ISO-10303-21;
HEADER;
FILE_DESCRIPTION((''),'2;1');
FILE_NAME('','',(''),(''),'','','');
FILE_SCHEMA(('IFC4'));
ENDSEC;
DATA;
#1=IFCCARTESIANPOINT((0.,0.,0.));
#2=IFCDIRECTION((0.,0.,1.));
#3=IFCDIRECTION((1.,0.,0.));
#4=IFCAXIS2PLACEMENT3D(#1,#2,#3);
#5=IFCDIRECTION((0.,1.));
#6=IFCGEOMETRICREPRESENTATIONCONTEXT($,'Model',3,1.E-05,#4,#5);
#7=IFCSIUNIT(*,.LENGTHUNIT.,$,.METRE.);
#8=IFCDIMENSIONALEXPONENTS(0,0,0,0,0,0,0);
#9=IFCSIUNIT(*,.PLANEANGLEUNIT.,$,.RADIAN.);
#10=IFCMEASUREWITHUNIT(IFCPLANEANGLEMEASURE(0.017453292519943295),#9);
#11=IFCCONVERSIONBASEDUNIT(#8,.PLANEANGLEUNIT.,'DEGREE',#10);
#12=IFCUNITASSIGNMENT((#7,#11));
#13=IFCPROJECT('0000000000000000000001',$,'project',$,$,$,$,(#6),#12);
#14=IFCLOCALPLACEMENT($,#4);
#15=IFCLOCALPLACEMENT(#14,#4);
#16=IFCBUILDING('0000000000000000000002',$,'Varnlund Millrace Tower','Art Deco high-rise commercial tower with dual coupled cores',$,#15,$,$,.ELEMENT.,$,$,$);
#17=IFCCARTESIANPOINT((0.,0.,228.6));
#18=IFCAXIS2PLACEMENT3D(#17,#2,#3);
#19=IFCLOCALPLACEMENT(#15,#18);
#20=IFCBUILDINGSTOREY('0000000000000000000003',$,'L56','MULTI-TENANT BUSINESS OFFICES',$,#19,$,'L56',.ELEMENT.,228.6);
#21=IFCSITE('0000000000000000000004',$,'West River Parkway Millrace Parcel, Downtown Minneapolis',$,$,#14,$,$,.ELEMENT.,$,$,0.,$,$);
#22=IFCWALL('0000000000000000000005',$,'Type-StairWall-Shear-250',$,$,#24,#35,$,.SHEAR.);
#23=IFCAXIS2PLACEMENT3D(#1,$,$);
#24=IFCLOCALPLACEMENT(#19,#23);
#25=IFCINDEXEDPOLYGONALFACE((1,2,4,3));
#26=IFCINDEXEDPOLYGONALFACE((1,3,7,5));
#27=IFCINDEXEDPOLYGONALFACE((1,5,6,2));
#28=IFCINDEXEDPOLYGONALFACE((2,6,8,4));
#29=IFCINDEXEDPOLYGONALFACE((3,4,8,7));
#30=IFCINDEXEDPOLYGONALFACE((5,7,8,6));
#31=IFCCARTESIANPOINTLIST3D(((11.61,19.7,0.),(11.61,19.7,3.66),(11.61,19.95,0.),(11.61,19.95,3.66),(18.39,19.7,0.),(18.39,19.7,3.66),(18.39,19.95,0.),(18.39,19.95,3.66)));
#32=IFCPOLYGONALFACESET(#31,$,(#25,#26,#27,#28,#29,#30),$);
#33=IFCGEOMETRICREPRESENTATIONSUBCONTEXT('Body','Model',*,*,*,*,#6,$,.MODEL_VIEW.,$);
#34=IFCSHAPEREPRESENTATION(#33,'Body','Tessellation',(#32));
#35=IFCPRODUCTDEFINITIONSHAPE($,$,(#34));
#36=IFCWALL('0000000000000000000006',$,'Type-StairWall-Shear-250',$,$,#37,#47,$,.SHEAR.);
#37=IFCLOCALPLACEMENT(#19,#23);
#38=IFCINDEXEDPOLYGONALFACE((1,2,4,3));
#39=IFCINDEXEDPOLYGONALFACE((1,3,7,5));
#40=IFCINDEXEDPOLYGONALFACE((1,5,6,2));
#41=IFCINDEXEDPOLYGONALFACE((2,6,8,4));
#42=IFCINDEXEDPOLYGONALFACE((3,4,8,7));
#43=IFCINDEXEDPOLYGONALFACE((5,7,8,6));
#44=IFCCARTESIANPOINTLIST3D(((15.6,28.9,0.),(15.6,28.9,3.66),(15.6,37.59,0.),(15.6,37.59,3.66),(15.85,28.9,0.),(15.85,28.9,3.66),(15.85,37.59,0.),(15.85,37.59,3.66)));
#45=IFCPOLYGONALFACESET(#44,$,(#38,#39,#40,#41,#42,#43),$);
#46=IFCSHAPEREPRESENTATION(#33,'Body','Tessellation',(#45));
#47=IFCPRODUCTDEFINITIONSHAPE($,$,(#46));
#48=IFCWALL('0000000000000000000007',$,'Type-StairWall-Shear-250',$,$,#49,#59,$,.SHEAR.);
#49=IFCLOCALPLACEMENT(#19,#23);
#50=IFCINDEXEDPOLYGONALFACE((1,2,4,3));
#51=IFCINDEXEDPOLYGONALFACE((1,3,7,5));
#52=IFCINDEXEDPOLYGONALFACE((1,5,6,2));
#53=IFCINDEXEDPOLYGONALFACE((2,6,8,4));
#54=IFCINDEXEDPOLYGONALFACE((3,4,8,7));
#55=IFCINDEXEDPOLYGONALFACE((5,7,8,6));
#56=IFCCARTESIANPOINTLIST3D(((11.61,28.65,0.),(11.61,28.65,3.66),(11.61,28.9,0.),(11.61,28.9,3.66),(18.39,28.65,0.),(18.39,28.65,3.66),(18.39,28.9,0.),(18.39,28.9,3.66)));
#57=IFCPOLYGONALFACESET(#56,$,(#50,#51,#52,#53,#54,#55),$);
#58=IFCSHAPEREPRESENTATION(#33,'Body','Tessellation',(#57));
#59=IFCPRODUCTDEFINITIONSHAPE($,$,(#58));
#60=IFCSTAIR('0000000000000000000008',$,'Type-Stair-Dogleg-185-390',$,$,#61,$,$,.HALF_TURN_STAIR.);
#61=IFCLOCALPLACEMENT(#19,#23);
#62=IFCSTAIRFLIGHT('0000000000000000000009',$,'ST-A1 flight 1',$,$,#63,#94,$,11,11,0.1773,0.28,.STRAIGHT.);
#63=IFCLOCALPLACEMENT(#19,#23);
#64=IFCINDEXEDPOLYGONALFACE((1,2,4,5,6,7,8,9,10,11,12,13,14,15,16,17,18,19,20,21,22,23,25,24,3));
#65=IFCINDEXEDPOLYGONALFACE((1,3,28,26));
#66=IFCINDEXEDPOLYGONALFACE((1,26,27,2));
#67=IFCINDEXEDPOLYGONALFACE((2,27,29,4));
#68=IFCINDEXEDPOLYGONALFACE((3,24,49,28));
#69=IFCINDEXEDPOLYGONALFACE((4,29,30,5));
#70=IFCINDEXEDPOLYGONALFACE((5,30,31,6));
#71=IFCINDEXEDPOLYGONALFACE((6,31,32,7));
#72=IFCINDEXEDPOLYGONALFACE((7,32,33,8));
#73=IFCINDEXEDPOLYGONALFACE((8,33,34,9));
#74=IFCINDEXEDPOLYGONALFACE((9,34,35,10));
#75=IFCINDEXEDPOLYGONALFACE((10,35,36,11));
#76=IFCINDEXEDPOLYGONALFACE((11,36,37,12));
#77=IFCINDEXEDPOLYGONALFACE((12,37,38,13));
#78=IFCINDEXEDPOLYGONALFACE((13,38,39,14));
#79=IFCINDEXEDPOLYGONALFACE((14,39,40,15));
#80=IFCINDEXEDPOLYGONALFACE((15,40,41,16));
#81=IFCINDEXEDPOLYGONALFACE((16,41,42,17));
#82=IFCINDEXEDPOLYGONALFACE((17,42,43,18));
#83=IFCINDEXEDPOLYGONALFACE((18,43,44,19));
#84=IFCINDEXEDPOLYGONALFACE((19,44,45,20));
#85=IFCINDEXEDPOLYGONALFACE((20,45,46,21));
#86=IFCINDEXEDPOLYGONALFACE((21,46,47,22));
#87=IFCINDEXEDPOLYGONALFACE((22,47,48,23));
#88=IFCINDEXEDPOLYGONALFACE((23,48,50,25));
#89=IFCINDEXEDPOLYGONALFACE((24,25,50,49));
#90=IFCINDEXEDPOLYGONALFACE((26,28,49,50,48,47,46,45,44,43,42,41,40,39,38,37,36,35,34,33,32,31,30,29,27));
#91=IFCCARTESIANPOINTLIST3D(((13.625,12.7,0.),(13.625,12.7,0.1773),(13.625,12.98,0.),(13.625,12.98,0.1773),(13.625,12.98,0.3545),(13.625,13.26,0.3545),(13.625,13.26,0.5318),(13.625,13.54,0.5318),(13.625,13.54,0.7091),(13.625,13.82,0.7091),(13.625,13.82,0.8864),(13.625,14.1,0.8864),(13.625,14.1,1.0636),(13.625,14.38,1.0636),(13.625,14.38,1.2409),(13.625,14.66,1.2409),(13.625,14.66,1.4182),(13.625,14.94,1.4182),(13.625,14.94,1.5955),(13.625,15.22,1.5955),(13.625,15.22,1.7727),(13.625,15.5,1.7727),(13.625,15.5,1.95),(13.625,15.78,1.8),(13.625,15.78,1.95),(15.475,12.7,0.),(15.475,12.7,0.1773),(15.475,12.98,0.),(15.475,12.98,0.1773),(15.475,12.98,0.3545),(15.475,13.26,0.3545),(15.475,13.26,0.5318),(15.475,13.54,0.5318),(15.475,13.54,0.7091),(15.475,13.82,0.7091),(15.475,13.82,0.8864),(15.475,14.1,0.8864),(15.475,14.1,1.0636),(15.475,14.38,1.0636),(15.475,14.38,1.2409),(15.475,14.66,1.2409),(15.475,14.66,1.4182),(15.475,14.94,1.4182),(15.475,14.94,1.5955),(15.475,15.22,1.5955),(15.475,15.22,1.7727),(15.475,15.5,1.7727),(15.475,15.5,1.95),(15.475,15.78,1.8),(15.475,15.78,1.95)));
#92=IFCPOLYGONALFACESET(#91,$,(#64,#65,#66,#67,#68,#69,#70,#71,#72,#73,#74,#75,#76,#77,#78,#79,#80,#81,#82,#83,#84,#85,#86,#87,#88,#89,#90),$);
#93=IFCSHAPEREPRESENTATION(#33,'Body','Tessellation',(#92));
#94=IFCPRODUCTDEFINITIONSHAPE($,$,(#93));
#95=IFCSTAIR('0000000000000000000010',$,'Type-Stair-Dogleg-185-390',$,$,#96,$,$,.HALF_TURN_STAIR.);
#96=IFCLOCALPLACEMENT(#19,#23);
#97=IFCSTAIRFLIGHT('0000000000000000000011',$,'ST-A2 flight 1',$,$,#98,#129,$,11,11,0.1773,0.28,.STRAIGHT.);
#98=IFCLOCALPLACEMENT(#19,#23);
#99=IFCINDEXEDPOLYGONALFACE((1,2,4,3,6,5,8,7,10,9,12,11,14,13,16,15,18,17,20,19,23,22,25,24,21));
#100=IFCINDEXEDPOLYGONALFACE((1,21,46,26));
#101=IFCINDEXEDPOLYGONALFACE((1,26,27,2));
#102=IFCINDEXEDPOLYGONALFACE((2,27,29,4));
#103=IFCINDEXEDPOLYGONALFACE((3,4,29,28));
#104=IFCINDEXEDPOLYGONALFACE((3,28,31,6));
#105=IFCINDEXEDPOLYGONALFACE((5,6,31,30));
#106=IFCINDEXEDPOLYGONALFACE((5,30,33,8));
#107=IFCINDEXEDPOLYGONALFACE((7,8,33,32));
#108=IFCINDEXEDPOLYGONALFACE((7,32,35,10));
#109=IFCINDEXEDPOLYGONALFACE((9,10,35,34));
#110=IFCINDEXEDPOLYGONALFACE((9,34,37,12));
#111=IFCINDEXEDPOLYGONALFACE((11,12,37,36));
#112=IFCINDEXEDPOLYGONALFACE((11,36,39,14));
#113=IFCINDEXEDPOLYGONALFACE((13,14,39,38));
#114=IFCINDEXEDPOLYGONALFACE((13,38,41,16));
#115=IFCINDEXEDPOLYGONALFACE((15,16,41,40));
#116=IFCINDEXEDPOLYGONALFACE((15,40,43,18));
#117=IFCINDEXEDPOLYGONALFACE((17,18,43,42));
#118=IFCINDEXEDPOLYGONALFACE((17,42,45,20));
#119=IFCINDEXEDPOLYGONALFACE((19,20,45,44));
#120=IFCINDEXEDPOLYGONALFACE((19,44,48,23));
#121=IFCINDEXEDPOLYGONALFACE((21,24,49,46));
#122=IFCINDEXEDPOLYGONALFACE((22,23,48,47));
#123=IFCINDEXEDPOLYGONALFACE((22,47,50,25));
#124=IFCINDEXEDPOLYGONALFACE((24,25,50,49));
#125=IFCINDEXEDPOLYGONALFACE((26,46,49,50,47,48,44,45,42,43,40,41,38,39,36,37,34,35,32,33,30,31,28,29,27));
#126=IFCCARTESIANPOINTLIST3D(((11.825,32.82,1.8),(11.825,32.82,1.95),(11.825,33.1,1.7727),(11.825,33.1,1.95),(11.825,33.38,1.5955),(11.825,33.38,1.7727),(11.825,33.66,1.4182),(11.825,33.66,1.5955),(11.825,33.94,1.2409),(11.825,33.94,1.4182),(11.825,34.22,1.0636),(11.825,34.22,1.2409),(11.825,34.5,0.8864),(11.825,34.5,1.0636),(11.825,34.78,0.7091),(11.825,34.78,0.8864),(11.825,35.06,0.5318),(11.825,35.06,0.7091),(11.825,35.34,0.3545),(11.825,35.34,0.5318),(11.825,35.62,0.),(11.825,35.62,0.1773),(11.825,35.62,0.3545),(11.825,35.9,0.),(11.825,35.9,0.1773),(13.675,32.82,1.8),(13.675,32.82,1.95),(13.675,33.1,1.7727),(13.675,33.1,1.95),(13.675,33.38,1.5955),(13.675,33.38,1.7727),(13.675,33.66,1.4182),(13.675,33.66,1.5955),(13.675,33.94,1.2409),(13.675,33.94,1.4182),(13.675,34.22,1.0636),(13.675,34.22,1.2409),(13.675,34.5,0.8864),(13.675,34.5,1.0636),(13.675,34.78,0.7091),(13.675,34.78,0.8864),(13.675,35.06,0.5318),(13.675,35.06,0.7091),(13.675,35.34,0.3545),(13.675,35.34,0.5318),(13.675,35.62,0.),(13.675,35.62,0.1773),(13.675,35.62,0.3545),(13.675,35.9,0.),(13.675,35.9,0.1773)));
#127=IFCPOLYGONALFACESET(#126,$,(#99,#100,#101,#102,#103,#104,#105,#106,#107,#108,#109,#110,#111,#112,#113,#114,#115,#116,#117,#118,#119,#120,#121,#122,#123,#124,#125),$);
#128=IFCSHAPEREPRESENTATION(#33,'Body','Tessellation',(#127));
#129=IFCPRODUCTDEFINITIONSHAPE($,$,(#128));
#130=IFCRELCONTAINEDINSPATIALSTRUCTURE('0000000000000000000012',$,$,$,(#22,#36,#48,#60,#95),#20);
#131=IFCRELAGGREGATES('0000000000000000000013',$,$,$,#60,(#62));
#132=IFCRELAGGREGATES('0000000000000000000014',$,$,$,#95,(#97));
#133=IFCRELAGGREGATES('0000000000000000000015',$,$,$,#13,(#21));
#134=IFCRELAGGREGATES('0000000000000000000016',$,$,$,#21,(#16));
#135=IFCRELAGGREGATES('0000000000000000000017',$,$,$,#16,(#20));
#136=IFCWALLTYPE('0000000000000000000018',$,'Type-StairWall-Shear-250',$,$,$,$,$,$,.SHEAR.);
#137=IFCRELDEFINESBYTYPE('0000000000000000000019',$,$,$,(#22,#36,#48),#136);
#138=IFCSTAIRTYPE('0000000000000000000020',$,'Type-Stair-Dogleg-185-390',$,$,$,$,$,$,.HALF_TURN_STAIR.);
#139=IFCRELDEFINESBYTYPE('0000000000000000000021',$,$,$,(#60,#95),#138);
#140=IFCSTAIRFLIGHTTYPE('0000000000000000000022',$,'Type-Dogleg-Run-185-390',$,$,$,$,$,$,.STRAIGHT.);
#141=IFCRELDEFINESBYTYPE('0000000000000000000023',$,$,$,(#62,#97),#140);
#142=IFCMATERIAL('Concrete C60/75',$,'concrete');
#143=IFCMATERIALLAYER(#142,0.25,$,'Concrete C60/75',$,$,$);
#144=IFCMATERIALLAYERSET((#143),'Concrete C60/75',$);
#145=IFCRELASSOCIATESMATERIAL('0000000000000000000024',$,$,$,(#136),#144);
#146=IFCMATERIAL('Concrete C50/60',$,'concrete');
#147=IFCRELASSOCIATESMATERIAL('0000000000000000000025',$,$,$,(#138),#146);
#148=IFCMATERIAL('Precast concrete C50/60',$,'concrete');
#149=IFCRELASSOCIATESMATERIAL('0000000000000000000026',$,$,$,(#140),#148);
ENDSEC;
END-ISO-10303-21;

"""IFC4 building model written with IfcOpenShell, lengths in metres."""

from ifc_helpers import new_model, entity, si_unit, converted_unit, direction, frame, origin_with_axes, place, context, subcontext, project, spatial, polyline, outline, extrude, material, layer, layer_set, type_object, element, aggregate, save


model = new_model("IFC4")

# Units and contexts
model_context = context("Model", 3, precision=1e-05, world=origin_with_axes(), true_north=direction((0.0, 1.0)))
body_context = subcontext(model_context, "Body", "Model", "MODEL_VIEW")
ifc_project = project(units=[si_unit("LENGTHUNIT", "METRE"), converted_unit("PLANEANGLEUNIT", "DEGREE", entity("IfcPlaneAngleMeasure", 0.017453292519943295), si_unit("PLANEANGLEUNIT", "RADIAN"), dimensions=[0, 0, 0, 0, 0, 0, 0])], contexts=[model_context])

# Site, building, storey
site_placement = place(None, origin_with_axes())
site = spatial("IfcSite", under=ifc_project, at=site_placement, Name="West River Parkway Millrace Parcel, Downtown Minneapolis", CompositionType="ELEMENT", RefElevation=0.0)
building_placement = place(site_placement, origin_with_axes())
building = spatial("IfcBuilding", under=site, at=building_placement, Name="Varnlund Millrace Tower", Description="Art Deco high-rise commercial tower with dual coupled cores", CompositionType="ELEMENT")
storey_placement = place(building_placement, frame((0.0, 0.0, 228.6), z_axis=(0.0, 0.0, 1.0), x_axis=(1.0, 0.0, 0.0)))
storey = spatial("IfcBuildingStorey", under=building, at=storey_placement, Name="L56", Description="MULTI-TENANT BUSINESS OFFICES", LongName="L56", CompositionType="ELEMENT", Elevation=228.6)

# Shared definitions
ifc_material_1 = material(Name="Concrete C60/75", Category="concrete")

# Shared definitions
ifc_layer_1 = layer(ifc_material_1, 0.25, Name="Concrete C60/75")
ifc_layer_set_1 = layer_set([ifc_layer_1], Name="Concrete C60/75")

# Walls
wall_type_1 = type_object("IfcWallType", Name="Type-StairWall-Shear-250", PredefinedType="SHEAR", material=ifc_layer_set_1)
wall_1_placement = place(storey_placement, frame((11.61, 19.825, 0.0), z_axis=(0.0, 0.0, 1.0), x_axis=(1.0, 0.0, 0.0)))
element("IfcWall", 1, at=wall_1_placement, inside=storey, type_object=wall_type_1, Name="Type-StairWall-Shear-250", PredefinedType="SHEAR", context=body_context, shape_type="SweptSolid", body=[
    extrude(outline(polyline([(0.0, -0.125), (6.78, -0.125), (6.78, 0.125), (0.0, 0.125), (0.0, -0.125)])), origin_with_axes(), (0.0, 0.0, 1.0), 3.66),
])
wall_2_placement = place(storey_placement, frame((15.725, 28.9, 0.0), z_axis=(0.0, 0.0, 1.0), x_axis=(0.0, 1.0, 0.0)))
element("IfcWall", 2, at=wall_2_placement, inside=storey, type_object=wall_type_1, Name="Type-StairWall-Shear-250", PredefinedType="SHEAR", context=body_context, shape_type="SweptSolid", body=[
    extrude(outline(polyline([(0.0, -0.125), (8.69, -0.125), (8.69, 0.125), (0.0, 0.125), (0.0, -0.125)])), origin_with_axes(), (0.0, 0.0, 1.0), 3.66),
])
wall_3_placement = place(storey_placement, frame((11.61, 28.775, 0.0), z_axis=(0.0, 0.0, 1.0), x_axis=(1.0, 0.0, 0.0)))
element("IfcWall", 3, at=wall_3_placement, inside=storey, type_object=wall_type_1, Name="Type-StairWall-Shear-250", PredefinedType="SHEAR", context=body_context, shape_type="SweptSolid", body=[
    extrude(outline(polyline([(0.0, -0.125), (6.78, -0.125), (6.78, 0.125), (0.0, 0.125), (0.0, -0.125)])), origin_with_axes(), (0.0, 0.0, 1.0), 3.66),
])

# Stairs, stair flights
ifc_material_2 = material(Name="Concrete C50/60", Category="concrete")
stair_type = type_object("IfcStairType", Name="Type-Stair-Dogleg-185-390", PredefinedType="HALF_TURN_STAIR", material=ifc_material_2)
stair_1_placement = place(storey_placement, origin_with_axes())
stair_1 = element("IfcStair", 4, at=stair_1_placement, inside=storey, type_object=stair_type, Name="Type-Stair-Dogleg-185-390", PredefinedType="HALF_TURN_STAIR")
ifc_material_3 = material(Name="Precast concrete C50/60", Category="concrete")
stair_flight_type = type_object("IfcStairFlightType", Name="Type-Dogleg-Run-185-390", PredefinedType="STRAIGHT", material=ifc_material_3)
stair_flight_1_placement = place(storey_placement, frame((13.625, 12.7, 0.0), z_axis=(1.0, 0.0, 0.0), x_axis=(0.0, 1.0, 0.0)))
stair_flight_1 = element("IfcStairFlight", 5, at=stair_flight_1_placement, type_object=stair_flight_type, Name="ST-A1 flight 1", NumberOfRisers=11, NumberOfTreads=11, PredefinedType="STRAIGHT", RiserHeight=0.1773, TreadLength=0.28, context=body_context, shape_type="SweptSolid", body=[
    extrude(outline(polyline([(0.0, 0.0), (0.0, 0.1773), (0.28, 0.1773), (0.28, 0.3545), (0.56, 0.3545), (0.56, 0.5318), (0.84, 0.5318), (0.84, 0.7091), (1.12, 0.7091), (1.12, 0.8864), (1.4, 0.8864), (1.4, 1.0636), (1.68, 1.0636), (1.68, 1.2409), (1.96, 1.2409), (1.96, 1.4182), (2.24, 1.4182), (2.24, 1.5955), (2.52, 1.5955), (2.52, 1.7727), (2.8, 1.7727), (2.8, 1.95), (3.08, 1.95), (3.08, 1.8), (0.28, 0.0), (0.0, 0.0)])), origin_with_axes(), (0.0, 0.0, 1.0), 1.85),
])
aggregate(stair_1, [stair_flight_1])
stair_2_placement = place(storey_placement, origin_with_axes())
stair_2 = element("IfcStair", 6, at=stair_2_placement, inside=storey, type_object=stair_type, Name="Type-Stair-Dogleg-185-390", PredefinedType="HALF_TURN_STAIR")
stair_flight_2_placement = place(storey_placement, frame((13.675, 35.9, 0.0), z_axis=(-1.0, 0.0, 0.0), x_axis=(0.0, -1.0, 0.0)))
stair_flight_2 = element("IfcStairFlight", 7, at=stair_flight_2_placement, type_object=stair_flight_type, Name="ST-A2 flight 1", NumberOfRisers=11, NumberOfTreads=11, PredefinedType="STRAIGHT", RiserHeight=0.1773, TreadLength=0.28, context=body_context, shape_type="SweptSolid", body=[
    extrude(outline(polyline([(0.0, 0.0), (0.0, 0.1773), (0.28, 0.1773), (0.28, 0.3545), (0.56, 0.3545), (0.56, 0.5318), (0.84, 0.5318), (0.84, 0.7091), (1.12, 0.7091), (1.12, 0.8864), (1.4, 0.8864), (1.4, 1.0636), (1.68, 1.0636), (1.68, 1.2409), (1.96, 1.2409), (1.96, 1.4182), (2.24, 1.4182), (2.24, 1.5955), (2.52, 1.5955), (2.52, 1.7727), (2.8, 1.7727), (2.8, 1.95), (3.08, 1.95), (3.08, 1.8), (0.28, 0.0), (0.0, 0.0)])), origin_with_axes(), (0.0, 0.0, 1.0), 1.85),
])
aggregate(stair_2, [stair_flight_2])

save(model, "model.ifc")
